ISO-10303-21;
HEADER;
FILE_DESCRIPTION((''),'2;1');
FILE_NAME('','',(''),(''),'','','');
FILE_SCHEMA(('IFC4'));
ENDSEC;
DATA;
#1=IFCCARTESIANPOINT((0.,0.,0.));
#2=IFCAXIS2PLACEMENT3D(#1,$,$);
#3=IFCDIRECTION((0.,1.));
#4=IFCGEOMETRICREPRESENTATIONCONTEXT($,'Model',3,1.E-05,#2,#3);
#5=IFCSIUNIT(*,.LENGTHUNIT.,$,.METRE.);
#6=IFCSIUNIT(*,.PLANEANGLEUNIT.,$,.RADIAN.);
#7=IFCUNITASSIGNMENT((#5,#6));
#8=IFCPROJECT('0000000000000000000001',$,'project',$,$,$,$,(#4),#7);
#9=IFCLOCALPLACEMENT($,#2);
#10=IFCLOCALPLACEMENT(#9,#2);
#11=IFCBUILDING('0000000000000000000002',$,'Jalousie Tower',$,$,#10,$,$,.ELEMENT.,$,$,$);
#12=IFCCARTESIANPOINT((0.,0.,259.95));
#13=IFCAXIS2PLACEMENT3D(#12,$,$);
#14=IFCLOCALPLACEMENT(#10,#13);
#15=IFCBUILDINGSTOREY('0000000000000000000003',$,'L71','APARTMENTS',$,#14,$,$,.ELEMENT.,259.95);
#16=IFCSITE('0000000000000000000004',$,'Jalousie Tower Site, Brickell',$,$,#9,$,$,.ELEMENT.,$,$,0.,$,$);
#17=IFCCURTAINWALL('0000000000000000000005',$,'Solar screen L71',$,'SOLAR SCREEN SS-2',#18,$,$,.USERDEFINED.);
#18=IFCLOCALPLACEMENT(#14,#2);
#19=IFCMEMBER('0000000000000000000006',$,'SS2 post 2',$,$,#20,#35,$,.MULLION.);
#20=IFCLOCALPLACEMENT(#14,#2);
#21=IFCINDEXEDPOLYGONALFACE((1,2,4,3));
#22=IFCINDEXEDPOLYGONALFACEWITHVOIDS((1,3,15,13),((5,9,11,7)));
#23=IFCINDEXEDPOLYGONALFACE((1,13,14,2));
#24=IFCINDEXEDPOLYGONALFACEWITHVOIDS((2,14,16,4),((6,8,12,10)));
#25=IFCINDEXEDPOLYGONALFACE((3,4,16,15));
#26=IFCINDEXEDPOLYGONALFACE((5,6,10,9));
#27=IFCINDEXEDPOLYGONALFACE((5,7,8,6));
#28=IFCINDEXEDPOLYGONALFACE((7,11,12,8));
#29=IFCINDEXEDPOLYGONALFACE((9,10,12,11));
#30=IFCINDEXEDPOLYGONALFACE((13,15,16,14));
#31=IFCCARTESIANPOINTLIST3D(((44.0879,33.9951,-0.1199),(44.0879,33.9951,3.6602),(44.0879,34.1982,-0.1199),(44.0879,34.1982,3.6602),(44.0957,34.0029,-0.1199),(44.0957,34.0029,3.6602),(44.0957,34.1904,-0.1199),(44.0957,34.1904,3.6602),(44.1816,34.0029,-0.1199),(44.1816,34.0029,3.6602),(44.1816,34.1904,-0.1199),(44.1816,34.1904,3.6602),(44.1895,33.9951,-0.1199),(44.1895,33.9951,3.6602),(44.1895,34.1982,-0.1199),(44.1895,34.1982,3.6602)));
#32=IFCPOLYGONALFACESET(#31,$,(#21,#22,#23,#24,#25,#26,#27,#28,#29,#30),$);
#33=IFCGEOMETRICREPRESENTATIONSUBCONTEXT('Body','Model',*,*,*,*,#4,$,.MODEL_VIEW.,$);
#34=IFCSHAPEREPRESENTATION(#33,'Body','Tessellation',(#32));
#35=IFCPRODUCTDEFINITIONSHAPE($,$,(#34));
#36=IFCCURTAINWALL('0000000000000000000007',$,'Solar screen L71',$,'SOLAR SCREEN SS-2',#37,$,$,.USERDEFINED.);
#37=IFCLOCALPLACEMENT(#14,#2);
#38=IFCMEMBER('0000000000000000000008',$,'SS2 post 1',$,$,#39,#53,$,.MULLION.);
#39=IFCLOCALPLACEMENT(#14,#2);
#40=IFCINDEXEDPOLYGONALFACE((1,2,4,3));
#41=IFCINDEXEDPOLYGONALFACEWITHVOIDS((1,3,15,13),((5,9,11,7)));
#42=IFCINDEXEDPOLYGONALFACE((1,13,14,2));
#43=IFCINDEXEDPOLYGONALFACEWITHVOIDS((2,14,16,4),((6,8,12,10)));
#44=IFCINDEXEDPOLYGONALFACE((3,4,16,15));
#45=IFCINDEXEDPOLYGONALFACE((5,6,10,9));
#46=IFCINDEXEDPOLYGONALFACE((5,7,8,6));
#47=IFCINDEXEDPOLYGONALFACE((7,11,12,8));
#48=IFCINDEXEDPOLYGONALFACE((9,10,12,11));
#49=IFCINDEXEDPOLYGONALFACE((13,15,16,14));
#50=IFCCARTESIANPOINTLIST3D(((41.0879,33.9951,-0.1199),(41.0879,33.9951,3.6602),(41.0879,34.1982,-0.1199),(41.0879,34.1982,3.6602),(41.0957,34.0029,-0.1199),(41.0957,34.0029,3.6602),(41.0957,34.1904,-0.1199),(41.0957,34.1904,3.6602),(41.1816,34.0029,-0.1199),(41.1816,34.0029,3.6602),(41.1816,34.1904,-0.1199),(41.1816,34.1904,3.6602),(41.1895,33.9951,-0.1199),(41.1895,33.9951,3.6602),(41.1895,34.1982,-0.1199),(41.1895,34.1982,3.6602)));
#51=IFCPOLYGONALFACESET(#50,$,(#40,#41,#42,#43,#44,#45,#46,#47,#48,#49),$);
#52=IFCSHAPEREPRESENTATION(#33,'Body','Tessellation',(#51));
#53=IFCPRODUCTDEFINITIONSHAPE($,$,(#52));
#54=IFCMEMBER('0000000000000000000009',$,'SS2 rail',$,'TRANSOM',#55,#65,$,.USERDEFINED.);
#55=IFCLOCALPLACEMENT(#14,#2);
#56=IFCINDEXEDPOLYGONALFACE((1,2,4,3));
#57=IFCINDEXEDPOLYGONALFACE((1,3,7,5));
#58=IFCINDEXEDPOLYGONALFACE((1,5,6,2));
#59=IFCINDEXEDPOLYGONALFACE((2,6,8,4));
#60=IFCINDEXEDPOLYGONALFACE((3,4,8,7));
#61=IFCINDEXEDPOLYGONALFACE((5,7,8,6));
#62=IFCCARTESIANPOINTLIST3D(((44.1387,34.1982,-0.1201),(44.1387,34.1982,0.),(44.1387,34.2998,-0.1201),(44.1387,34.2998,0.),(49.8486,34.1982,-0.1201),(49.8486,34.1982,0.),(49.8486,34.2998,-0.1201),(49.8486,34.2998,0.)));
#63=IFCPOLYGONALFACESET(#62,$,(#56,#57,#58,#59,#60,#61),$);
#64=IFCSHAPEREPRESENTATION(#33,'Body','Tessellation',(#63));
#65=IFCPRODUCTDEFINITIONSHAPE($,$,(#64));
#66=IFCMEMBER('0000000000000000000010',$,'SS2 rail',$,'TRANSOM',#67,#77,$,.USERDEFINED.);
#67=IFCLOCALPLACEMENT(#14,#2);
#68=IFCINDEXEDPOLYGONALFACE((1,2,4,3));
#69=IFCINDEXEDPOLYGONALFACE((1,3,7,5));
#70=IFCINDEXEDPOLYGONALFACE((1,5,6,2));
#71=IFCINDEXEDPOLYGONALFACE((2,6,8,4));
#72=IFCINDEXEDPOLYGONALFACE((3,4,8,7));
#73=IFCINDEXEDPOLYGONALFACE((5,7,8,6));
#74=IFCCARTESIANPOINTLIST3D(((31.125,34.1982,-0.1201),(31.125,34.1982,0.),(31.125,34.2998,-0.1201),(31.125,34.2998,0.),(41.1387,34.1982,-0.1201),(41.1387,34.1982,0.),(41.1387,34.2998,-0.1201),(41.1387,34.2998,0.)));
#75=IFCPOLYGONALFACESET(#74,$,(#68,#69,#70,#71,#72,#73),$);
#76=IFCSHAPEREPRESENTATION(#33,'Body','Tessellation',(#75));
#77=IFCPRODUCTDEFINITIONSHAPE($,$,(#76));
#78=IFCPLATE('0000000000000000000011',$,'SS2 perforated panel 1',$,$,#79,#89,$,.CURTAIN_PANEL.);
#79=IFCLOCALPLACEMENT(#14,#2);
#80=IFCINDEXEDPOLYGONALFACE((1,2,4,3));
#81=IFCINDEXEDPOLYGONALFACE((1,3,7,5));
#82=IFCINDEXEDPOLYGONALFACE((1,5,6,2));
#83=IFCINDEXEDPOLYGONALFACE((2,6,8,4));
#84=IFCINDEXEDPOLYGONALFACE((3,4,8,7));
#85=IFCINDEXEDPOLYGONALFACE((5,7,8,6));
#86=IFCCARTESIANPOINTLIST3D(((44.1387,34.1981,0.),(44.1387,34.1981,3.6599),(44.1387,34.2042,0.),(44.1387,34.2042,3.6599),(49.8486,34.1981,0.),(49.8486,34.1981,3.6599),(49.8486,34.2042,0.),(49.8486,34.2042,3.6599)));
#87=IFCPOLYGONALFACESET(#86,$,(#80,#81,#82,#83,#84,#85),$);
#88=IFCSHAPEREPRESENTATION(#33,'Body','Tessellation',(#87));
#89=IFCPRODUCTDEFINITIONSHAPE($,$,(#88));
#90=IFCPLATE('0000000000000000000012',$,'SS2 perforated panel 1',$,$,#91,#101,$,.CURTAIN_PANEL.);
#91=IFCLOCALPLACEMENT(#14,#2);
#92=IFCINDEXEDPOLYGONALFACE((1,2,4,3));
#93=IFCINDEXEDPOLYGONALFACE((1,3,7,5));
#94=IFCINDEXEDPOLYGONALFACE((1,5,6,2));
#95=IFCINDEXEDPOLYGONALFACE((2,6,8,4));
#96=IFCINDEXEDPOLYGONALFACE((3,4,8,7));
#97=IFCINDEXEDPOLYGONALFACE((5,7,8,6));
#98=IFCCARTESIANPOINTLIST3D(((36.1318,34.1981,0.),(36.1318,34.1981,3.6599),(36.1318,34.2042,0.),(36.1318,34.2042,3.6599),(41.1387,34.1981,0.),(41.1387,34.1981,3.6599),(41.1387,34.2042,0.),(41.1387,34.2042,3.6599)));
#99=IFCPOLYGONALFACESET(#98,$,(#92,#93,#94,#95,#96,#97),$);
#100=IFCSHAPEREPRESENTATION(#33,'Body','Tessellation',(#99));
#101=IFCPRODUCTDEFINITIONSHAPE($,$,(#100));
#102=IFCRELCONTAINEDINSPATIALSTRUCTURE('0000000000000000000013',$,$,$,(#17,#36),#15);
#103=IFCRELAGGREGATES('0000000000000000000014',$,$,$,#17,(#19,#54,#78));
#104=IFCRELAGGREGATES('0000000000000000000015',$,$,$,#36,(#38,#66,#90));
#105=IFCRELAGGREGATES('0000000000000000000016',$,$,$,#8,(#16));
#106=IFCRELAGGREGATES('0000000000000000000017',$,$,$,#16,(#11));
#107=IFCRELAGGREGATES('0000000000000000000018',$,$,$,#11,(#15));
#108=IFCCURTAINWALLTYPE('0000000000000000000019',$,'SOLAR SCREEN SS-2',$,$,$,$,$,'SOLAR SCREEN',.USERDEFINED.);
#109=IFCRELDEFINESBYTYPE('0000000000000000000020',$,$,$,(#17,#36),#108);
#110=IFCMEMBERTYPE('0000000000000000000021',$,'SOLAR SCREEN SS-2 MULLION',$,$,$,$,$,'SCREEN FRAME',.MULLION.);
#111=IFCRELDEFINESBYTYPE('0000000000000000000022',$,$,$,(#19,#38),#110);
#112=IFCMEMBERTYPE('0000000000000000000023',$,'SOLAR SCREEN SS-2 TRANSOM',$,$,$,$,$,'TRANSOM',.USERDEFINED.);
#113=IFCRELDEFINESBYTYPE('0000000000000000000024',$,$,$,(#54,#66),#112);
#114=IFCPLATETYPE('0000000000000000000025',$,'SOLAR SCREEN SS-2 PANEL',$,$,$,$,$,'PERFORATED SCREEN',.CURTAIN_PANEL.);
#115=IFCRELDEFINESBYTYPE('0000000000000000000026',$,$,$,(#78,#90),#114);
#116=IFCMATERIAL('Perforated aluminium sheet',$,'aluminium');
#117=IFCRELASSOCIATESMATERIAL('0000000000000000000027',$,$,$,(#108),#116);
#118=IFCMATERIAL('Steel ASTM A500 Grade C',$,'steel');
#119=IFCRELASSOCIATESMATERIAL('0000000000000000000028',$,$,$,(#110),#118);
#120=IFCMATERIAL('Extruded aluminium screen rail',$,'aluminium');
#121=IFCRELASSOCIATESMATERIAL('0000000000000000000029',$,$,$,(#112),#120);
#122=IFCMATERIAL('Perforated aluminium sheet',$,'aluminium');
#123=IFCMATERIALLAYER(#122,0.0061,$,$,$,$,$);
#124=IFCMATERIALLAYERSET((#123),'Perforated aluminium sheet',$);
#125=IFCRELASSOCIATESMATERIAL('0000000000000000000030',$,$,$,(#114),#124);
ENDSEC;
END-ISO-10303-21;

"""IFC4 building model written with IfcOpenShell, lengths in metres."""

from ifc_helpers import new_model, si_unit, direction, frame, origin, origin_2d, place, context, subcontext, project, spatial, rectangle, hollow_rectangle, extrude, material, layer, layer_set, material_profile, profile_set, type_object, element, aggregate, save


model = new_model("IFC4")

# Units and contexts
model_context = context("Model", 3, precision=1e-05, world=origin(), true_north=direction((0.0, 1.0)))
body_context = subcontext(model_context, "Body", "Model", "MODEL_VIEW")
ifc_project = project(units=[si_unit("LENGTHUNIT", "METRE"), si_unit("PLANEANGLEUNIT", "RADIAN")], contexts=[model_context])

# Site, building, storey
site_placement = place(None, origin())
site = spatial("IfcSite", under=ifc_project, at=site_placement, Name="Jalousie Tower Site, Brickell", CompositionType="ELEMENT", RefElevation=0.0)
building_placement = place(site_placement, origin())
building = spatial("IfcBuilding", under=site, at=building_placement, Name="Jalousie Tower", CompositionType="ELEMENT")
storey_placement = place(building_placement, frame((0.0, 0.0, 259.95)))
storey = spatial("IfcBuildingStorey", under=building, at=storey_placement, Name="L71", Description="APARTMENTS", CompositionType="ELEMENT", Elevation=259.95)

# Curtain wall, member
ifc_material_1 = material(Name="Perforated aluminium sheet", Category="aluminium")
curtain_wall_type_1 = type_object("IfcCurtainWallType", Name="SOLAR SCREEN SS-2", ElementType="SOLAR SCREEN", PredefinedType="USERDEFINED", material=ifc_material_1)
curtain_wall_1_placement = place(storey_placement, origin())
curtain_wall_1 = element("IfcCurtainWall", 1, at=curtain_wall_1_placement, inside=storey, type_object=curtain_wall_type_1, Name="Solar screen L71", ObjectType="SOLAR SCREEN SS-2", PredefinedType="USERDEFINED")
ifc_material_2 = material(Name="Steel ASTM A500 Grade C", Category="steel")
ifc_material_profile_1 = material_profile(ifc_material_2, hollow_rectangle(XDim=0.1016, YDim=0.2031, WallThickness=0.0078, at=origin_2d()), Name="HSS8X4X5/16")
ifc_profile_set_1 = profile_set([ifc_material_profile_1], Name="Steel ASTM A500 Grade C")
member_type_1 = type_object("IfcMemberType", Name="SOLAR SCREEN SS-2 MULLION", ElementType="SCREEN FRAME", PredefinedType="MULLION", material=ifc_profile_set_1)
member_1_placement = place(storey_placement, frame((44.1387, 34.0967, -0.1199), z_axis=(0.0, 0.0, 1.0), x_axis=(-1.0, 0.0, 0.0)))
member_1 = element("IfcMember", 2, at=member_1_placement, type_object=member_type_1, Name="SS2 post 2", PredefinedType="MULLION", context=body_context, shape_type="SweptSolid", body=[
    extrude(hollow_rectangle(XDim=0.1016, YDim=0.2031, WallThickness=0.0078, at=origin_2d()), origin(), (0.0, 0.0, 1.0), 3.78),
])

# Curtain wall, member
curtain_wall_2_placement = place(storey_placement, origin())
curtain_wall_2 = element("IfcCurtainWall", 3, at=curtain_wall_2_placement, inside=storey, type_object=curtain_wall_type_1, Name="Solar screen L71", ObjectType="SOLAR SCREEN SS-2", PredefinedType="USERDEFINED")
member_2_placement = place(storey_placement, frame((41.1387, 34.0967, -0.1199), z_axis=(0.0, 0.0, 1.0), x_axis=(-1.0, 0.0, 0.0)))
member_2 = element("IfcMember", 4, at=member_2_placement, type_object=member_type_1, Name="SS2 post 1", PredefinedType="MULLION", context=body_context, shape_type="SweptSolid", body=[
    extrude(hollow_rectangle(XDim=0.1016, YDim=0.2031, WallThickness=0.0078, at=origin_2d()), origin(), (0.0, 0.0, 1.0), 3.78),
])

# Members
ifc_material_3 = material(Name="Extruded aluminium screen rail", Category="aluminium")
ifc_material_profile_2 = material_profile(ifc_material_3, rectangle(XDim=0.1016, YDim=0.1201, at=origin_2d()), Name="RAIL 102x120")
ifc_profile_set_2 = profile_set([ifc_material_profile_2], Name="Extruded aluminium screen rail")
member_type_2 = type_object("IfcMemberType", Name="SOLAR SCREEN SS-2 TRANSOM", ElementType="TRANSOM", PredefinedType="USERDEFINED", material=ifc_profile_set_2)
member_3_placement = place(storey_placement, frame((49.8486, 34.249, -0.0601), z_axis=(-1.0, 0.0, 0.0), x_axis=(0.0, -1.0, 0.0)))
member_3 = element("IfcMember", 5, at=member_3_placement, type_object=member_type_2, Name="SS2 rail", ObjectType="TRANSOM", PredefinedType="USERDEFINED", context=body_context, shape_type="SweptSolid", body=[
    extrude(rectangle(XDim=0.1016, YDim=0.1201, at=origin_2d()), origin(), (0.0, 0.0, 1.0), 5.71),
])
member_4_placement = place(storey_placement, frame((41.1387, 34.249, -0.0601), z_axis=(-1.0, 0.0, 0.0), x_axis=(0.0, -1.0, 0.0)))
member_4 = element("IfcMember", 6, at=member_4_placement, type_object=member_type_2, Name="SS2 rail", ObjectType="TRANSOM", PredefinedType="USERDEFINED", context=body_context, shape_type="SweptSolid", body=[
    extrude(rectangle(XDim=0.1016, YDim=0.1201, at=origin_2d()), origin(), (0.0, 0.0, 1.0), 10.0137),
])

# Plates
ifc_material_4 = material(Name="Perforated aluminium sheet", Category="aluminium")
ifc_layer_1 = layer(ifc_material_4, 0.0061)
ifc_layer_set_1 = layer_set([ifc_layer_1], Name="Perforated aluminium sheet")
plate_type = type_object("IfcPlateType", Name="SOLAR SCREEN SS-2 PANEL", ElementType="PERFORATED SCREEN", PredefinedType="CURTAIN_PANEL", material=ifc_layer_set_1)
plate_1_placement = place(storey_placement, frame((46.9937, 34.2012, 0.0), z_axis=(0.0, 0.0, 1.0), x_axis=(-1.0, 0.0, 0.0)))
plate_1 = element("IfcPlate", 7, at=plate_1_placement, type_object=plate_type, Name="SS2 perforated panel 1", PredefinedType="CURTAIN_PANEL", context=body_context, shape_type="SweptSolid", body=[
    extrude(rectangle(XDim=5.71, YDim=0.0061, at=origin_2d()), origin(), (0.0, 0.0, 1.0), 3.6599),
])
aggregate(curtain_wall_1, [member_1, member_3, plate_1])
plate_2_placement = place(storey_placement, frame((38.6353, 34.2012, 0.0), z_axis=(0.0, 0.0, 1.0), x_axis=(-1.0, 0.0, 0.0)))
plate_2 = element("IfcPlate", 8, at=plate_2_placement, type_object=plate_type, Name="SS2 perforated panel 1", PredefinedType="CURTAIN_PANEL", context=body_context, shape_type="SweptSolid", body=[
    extrude(rectangle(XDim=5.0068, YDim=0.0061, at=origin_2d()), origin(), (0.0, 0.0, 1.0), 3.6599),
])
aggregate(curtain_wall_2, [member_2, member_4, plate_2])

save(model, "model.ifc")
